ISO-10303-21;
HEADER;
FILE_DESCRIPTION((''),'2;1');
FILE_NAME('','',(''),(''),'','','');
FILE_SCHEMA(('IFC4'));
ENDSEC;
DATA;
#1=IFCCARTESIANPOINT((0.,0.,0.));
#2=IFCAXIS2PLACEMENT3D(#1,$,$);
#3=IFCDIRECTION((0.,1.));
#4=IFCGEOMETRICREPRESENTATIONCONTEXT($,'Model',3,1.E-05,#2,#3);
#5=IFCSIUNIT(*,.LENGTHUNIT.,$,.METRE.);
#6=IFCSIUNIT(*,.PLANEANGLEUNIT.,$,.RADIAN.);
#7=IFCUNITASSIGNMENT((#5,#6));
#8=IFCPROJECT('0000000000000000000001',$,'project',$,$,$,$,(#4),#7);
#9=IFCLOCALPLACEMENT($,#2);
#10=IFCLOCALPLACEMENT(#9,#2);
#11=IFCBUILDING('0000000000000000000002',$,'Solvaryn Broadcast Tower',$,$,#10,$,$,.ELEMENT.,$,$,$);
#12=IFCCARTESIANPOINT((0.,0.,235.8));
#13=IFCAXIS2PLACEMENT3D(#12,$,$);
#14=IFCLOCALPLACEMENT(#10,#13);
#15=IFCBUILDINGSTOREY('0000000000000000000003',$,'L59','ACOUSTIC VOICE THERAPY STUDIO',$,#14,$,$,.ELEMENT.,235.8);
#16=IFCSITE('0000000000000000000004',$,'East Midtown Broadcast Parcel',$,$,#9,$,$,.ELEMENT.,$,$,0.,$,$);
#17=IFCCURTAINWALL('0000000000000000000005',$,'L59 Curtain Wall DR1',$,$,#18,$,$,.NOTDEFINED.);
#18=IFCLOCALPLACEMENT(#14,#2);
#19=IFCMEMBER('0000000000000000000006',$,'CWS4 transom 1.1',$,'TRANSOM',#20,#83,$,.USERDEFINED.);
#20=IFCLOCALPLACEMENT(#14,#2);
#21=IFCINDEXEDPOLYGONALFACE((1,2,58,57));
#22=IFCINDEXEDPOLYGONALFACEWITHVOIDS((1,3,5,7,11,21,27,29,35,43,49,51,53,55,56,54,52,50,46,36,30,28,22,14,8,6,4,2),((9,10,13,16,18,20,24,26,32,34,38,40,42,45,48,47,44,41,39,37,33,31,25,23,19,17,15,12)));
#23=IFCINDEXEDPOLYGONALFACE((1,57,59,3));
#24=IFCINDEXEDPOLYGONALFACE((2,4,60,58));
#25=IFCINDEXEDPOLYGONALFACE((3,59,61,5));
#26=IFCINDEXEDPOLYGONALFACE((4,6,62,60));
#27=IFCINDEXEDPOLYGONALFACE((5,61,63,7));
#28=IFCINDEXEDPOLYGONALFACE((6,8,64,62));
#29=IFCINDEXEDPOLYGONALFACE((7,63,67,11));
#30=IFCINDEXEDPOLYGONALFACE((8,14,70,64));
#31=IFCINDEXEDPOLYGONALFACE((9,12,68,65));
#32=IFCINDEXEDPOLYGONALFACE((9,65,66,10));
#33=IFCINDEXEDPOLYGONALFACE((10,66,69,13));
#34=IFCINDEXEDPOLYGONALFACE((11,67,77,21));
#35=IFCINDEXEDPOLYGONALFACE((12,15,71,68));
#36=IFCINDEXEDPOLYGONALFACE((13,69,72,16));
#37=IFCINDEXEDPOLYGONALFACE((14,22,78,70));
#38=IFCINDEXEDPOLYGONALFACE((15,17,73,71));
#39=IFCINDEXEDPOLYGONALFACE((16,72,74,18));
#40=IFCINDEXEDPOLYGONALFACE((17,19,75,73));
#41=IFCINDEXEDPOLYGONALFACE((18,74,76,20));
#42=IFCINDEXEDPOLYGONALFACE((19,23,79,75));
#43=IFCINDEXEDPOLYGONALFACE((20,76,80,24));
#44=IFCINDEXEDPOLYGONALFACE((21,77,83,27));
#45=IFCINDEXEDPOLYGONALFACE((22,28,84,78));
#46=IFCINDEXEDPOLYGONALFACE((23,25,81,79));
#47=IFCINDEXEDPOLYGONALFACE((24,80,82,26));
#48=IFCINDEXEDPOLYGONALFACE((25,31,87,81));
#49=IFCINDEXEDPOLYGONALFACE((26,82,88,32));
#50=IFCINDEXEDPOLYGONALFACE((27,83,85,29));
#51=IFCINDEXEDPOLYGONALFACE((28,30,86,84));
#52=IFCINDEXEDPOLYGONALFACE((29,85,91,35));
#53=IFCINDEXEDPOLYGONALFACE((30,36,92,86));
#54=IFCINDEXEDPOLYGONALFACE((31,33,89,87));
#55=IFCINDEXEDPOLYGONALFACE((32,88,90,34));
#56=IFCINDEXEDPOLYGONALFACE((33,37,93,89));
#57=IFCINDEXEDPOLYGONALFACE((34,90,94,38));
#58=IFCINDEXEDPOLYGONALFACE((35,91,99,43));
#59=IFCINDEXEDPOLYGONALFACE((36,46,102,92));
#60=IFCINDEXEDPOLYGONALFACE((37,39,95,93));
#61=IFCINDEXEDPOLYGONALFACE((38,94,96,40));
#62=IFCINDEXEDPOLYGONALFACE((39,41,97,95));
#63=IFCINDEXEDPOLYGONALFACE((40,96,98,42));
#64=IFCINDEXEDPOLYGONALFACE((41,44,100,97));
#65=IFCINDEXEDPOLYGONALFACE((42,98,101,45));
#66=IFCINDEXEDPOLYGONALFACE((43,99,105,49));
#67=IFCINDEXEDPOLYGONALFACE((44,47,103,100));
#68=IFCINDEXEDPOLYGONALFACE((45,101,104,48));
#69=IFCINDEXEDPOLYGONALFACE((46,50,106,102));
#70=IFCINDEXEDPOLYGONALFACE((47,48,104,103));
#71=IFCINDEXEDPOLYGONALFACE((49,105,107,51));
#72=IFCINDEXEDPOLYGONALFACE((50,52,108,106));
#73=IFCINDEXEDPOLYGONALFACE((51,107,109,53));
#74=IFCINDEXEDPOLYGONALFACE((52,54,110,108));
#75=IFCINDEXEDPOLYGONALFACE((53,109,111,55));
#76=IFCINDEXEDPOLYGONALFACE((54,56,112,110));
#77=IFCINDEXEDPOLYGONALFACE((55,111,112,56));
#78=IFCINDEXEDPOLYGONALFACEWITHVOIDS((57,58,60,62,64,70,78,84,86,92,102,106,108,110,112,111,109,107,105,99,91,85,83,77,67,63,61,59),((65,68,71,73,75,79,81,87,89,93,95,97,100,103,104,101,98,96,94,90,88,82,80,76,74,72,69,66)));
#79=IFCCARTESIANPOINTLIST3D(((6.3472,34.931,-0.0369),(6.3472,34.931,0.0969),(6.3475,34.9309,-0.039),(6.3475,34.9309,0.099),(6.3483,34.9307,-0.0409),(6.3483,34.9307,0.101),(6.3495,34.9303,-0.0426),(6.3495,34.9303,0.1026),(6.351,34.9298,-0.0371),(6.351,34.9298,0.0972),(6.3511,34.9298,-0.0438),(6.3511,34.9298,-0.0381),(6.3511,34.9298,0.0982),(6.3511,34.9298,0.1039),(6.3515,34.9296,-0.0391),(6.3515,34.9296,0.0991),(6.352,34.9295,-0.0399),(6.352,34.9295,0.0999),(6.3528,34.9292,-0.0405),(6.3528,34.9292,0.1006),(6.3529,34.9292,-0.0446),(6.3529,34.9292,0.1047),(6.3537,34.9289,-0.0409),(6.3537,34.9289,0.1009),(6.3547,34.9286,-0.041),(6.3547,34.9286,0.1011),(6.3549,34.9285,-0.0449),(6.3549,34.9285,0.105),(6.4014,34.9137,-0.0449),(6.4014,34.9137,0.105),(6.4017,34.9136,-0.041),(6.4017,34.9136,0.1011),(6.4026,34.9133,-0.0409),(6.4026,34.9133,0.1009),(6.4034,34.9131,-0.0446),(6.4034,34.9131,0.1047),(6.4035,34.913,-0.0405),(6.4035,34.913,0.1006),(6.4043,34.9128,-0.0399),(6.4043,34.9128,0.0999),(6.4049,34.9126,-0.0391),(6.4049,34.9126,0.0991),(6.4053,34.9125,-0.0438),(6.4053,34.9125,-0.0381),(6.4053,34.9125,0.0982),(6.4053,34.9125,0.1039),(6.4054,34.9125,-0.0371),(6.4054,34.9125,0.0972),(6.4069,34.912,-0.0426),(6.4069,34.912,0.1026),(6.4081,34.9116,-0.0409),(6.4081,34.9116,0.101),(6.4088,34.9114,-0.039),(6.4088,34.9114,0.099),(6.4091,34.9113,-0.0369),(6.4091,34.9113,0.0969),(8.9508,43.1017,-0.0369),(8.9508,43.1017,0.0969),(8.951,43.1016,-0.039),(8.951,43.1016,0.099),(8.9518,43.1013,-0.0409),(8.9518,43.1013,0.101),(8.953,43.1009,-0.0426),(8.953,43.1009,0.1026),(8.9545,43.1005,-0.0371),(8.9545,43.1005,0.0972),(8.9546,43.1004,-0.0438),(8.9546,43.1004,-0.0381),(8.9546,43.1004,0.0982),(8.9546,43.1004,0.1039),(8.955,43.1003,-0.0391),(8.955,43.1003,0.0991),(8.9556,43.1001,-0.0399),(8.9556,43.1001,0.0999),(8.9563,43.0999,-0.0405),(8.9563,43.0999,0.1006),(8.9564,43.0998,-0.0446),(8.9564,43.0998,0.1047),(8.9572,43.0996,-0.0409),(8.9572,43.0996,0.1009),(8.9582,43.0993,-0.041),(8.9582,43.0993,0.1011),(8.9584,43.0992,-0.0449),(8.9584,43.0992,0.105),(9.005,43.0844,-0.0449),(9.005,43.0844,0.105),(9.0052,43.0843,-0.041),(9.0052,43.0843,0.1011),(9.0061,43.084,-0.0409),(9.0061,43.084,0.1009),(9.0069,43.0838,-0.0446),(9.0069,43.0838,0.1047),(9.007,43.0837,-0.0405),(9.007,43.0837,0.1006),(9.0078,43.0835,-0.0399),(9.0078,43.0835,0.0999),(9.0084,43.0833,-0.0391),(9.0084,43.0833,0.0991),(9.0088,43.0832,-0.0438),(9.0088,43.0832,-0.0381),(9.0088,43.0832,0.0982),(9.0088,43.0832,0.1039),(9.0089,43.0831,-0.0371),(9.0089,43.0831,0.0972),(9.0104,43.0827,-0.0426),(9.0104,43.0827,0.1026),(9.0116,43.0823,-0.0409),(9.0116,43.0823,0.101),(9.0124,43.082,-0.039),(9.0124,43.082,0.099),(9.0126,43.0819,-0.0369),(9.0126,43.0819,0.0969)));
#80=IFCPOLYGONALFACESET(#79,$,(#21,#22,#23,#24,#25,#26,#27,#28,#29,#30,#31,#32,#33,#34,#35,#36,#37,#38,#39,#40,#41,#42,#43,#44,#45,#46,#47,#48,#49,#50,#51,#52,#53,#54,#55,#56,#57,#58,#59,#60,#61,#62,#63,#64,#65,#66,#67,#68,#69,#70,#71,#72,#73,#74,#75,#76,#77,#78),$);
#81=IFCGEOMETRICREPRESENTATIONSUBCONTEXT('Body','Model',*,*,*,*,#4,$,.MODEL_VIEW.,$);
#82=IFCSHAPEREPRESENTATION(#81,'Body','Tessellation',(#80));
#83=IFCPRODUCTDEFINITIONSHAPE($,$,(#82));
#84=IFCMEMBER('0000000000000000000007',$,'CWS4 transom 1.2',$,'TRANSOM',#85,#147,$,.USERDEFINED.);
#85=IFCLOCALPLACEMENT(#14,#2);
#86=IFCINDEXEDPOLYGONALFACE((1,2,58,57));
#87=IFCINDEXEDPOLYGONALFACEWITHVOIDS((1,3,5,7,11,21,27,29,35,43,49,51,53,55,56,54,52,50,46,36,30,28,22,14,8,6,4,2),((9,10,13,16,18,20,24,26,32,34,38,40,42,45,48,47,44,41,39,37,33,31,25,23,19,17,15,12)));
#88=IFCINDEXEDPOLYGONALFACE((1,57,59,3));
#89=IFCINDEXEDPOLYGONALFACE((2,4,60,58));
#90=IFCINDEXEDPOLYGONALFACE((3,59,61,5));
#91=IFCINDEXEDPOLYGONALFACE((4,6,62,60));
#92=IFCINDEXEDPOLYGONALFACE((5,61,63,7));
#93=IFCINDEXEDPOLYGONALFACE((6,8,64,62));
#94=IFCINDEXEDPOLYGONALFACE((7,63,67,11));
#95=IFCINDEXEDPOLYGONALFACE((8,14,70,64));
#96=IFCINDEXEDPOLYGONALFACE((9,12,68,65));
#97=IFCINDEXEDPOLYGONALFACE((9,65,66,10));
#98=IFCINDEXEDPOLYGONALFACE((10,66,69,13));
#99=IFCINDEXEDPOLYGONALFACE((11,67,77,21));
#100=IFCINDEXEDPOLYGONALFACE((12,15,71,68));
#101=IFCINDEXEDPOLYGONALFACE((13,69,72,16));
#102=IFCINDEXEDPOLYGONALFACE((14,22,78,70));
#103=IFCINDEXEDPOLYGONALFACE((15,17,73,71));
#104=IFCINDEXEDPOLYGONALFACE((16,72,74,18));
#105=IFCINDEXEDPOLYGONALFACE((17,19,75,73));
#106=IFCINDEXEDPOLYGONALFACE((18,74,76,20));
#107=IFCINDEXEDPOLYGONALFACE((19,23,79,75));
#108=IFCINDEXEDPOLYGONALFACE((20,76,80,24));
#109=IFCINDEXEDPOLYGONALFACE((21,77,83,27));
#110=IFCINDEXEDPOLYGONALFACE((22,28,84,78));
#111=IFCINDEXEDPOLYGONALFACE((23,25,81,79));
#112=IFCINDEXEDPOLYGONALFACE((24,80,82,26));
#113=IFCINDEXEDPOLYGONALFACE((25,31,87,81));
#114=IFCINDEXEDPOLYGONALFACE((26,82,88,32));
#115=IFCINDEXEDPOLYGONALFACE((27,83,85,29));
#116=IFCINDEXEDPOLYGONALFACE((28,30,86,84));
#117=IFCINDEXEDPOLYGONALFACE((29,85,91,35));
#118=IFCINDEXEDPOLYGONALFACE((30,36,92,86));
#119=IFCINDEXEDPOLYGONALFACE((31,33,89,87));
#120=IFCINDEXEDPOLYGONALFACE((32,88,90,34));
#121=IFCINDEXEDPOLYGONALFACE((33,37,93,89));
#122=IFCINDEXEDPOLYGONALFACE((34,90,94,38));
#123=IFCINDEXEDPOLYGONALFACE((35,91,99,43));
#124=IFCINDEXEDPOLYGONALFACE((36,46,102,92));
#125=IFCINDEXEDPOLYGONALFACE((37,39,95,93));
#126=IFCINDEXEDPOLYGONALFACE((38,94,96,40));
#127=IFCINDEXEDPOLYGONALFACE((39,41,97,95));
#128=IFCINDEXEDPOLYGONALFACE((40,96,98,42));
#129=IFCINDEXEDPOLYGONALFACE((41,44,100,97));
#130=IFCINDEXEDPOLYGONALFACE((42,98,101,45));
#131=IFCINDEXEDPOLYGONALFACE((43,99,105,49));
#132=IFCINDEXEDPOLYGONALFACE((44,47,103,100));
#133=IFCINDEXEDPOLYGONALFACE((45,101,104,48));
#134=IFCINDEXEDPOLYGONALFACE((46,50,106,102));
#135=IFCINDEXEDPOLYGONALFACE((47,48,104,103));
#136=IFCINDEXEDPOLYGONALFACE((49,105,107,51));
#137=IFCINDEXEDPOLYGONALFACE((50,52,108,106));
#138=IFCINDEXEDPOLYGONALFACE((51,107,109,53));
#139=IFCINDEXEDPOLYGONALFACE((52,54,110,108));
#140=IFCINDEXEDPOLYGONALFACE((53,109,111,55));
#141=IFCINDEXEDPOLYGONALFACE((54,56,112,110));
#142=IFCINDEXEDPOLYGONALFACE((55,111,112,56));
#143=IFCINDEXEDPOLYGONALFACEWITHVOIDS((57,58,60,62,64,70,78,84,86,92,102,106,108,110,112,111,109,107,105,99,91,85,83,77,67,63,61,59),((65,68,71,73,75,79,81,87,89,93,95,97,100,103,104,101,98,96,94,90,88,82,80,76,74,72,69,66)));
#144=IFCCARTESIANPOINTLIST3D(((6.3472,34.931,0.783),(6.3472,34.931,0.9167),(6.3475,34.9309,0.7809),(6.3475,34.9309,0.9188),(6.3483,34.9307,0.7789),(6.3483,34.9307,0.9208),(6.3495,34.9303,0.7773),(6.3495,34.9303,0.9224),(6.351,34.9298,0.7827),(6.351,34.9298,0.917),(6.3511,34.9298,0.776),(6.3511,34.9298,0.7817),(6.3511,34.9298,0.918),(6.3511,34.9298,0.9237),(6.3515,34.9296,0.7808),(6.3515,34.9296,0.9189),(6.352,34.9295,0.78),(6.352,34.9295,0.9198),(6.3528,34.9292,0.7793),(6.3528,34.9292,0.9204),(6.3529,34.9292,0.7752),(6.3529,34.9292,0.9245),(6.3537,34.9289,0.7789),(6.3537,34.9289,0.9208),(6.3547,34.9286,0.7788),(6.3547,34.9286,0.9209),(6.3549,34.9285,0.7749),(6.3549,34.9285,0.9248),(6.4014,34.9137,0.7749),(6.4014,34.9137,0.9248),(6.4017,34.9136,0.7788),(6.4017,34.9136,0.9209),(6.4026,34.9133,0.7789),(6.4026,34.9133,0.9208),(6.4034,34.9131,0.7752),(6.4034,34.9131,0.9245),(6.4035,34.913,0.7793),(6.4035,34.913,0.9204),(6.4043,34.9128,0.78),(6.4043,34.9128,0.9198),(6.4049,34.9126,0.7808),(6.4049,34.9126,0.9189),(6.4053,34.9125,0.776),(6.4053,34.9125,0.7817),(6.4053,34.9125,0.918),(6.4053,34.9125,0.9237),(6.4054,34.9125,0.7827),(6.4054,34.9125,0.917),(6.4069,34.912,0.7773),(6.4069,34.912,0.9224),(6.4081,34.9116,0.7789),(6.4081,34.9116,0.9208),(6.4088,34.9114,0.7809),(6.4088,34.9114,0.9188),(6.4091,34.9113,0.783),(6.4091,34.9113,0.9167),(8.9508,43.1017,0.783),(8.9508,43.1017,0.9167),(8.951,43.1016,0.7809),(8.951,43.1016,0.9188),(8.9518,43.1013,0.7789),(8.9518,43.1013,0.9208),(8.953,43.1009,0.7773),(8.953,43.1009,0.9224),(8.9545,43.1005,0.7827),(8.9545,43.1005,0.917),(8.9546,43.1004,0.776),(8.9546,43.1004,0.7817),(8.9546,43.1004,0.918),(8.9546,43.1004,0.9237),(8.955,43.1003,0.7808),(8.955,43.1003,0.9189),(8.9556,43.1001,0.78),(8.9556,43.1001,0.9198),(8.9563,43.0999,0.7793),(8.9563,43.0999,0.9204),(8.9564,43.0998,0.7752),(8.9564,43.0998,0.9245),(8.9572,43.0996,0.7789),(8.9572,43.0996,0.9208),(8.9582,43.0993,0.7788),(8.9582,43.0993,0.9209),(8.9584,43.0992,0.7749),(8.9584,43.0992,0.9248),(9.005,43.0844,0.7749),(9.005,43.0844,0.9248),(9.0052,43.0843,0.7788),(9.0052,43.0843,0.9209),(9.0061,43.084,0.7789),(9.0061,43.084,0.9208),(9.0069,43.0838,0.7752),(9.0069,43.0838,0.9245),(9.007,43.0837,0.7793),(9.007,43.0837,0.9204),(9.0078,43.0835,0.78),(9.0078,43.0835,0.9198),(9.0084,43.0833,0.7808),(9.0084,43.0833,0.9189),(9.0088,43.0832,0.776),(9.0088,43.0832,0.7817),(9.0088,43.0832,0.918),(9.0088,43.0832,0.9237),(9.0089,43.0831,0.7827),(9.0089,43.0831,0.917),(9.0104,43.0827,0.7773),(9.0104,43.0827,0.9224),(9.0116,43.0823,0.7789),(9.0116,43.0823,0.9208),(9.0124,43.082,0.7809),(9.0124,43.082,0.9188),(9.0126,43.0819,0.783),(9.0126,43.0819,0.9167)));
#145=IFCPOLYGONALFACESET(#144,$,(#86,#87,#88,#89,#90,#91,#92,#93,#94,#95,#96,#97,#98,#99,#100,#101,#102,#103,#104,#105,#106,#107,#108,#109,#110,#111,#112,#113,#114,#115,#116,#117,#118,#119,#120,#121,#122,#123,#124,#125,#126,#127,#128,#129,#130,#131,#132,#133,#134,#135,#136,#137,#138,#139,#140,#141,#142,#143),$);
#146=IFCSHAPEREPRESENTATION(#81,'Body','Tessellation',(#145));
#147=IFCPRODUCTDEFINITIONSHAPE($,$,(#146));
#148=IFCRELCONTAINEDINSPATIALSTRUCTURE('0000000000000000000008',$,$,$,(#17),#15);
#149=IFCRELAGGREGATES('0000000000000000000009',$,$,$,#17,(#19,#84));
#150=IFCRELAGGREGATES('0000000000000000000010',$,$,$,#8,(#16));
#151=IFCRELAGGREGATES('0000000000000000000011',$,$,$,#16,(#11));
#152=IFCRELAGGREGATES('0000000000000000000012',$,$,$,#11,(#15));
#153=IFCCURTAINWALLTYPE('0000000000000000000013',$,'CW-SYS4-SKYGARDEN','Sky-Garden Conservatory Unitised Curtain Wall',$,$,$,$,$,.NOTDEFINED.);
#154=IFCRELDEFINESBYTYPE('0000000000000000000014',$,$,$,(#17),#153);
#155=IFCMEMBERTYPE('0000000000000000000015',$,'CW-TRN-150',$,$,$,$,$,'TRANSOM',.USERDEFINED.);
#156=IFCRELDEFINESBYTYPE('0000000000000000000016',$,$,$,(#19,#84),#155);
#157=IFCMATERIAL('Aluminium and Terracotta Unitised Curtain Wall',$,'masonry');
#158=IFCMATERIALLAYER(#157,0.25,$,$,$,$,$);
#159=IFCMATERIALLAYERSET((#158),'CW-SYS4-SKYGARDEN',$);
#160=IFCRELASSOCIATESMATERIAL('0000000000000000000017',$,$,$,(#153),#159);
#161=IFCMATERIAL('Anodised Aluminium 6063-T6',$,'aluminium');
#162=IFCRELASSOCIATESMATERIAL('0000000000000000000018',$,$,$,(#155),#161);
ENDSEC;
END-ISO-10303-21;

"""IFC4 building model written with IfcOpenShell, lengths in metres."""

from ifc_helpers import new_model, si_unit, direction, frame, origin, origin_2d, place, context, subcontext, project, spatial, hollow_rectangle, extrude, material, layer, layer_set, material_profile, profile_set, type_object, element, aggregate, save


model = new_model("IFC4")

# Units and contexts
model_context = context("Model", 3, precision=1e-05, world=origin(), true_north=direction((0.0, 1.0)))
body_context = subcontext(model_context, "Body", "Model", "MODEL_VIEW")
ifc_project = project(units=[si_unit("LENGTHUNIT", "METRE"), si_unit("PLANEANGLEUNIT", "RADIAN")], contexts=[model_context])

# Site, building, storey
site_placement = place(None, origin())
site = spatial("IfcSite", under=ifc_project, at=site_placement, Name="East Midtown Broadcast Parcel", CompositionType="ELEMENT", RefElevation=0.0)
building_placement = place(site_placement, origin())
building = spatial("IfcBuilding", under=site, at=building_placement, Name="Solvaryn Broadcast Tower", CompositionType="ELEMENT")
storey_placement = place(building_placement, frame((0.0, 0.0, 235.8)))
storey = spatial("IfcBuildingStorey", under=building, at=storey_placement, Name="L59", Description="ACOUSTIC VOICE THERAPY STUDIO", CompositionType="ELEMENT", Elevation=235.8)

# Curtain wall
ifc_material_1 = material(Name="Aluminium and Terracotta Unitised Curtain Wall", Category="masonry")
ifc_layer_1 = layer(ifc_material_1, 0.25)
ifc_layer_set_1 = layer_set([ifc_layer_1], Name="CW-SYS4-SKYGARDEN")
curtain_wall_type = type_object("IfcCurtainWallType", Name="CW-SYS4-SKYGARDEN", Description="Sky-Garden Conservatory Unitised Curtain Wall", PredefinedType="NOTDEFINED", material=ifc_layer_set_1)
curtain_wall_1_placement = place(storey_placement, origin())
curtain_wall_1 = element("IfcCurtainWall", 1, at=curtain_wall_1_placement, inside=storey, type_object=curtain_wall_type, Name="L59 Curtain Wall DR1", PredefinedType="NOTDEFINED")

# Members
ifc_material_2 = material(Name="Anodised Aluminium 6063-T6", Category="aluminium")
ifc_material_profile_1 = material_profile(ifc_material_2, hollow_rectangle(XDim=0.0649, YDim=0.1499, WallThickness=0.0039, InnerFilletRadius=0.0039, OuterFilletRadius=0.0081, at=origin_2d()))
ifc_profile_set_1 = profile_set([ifc_material_profile_1], Name="Anodised Aluminium 6063-T6")
member_type_1 = type_object("IfcMemberType", Name="CW-TRN-150", ElementType="TRANSOM", PredefinedType="USERDEFINED", material=ifc_profile_set_1)
member_1_placement = place(storey_placement, frame((8.9817, 43.0918, 0.03), z_axis=(-0.303602, -0.952799, 0.0), x_axis=(0.952799, -0.303602, 0.0)))
member_1 = element("IfcMember", 2, at=member_1_placement, type_object=member_type_1, Name="CWS4 transom 1.1", ObjectType="TRANSOM", PredefinedType="USERDEFINED", context=body_context, shape_type="SweptSolid", body=[
    extrude(hollow_rectangle(XDim=0.0649, YDim=0.1499, WallThickness=0.0039, InnerFilletRadius=0.0039, OuterFilletRadius=0.0081, at=origin_2d()), origin(), (0.0, 0.0, 1.0), 8.5754),
])
member_2_placement = place(storey_placement, frame((8.9817, 43.0918, 0.8499), z_axis=(-0.303602, -0.952799, 0.0), x_axis=(0.952799, -0.303602, 0.0)))
member_2 = element("IfcMember", 3, at=member_2_placement, type_object=member_type_1, Name="CWS4 transom 1.2", ObjectType="TRANSOM", PredefinedType="USERDEFINED", context=body_context, shape_type="SweptSolid", body=[
    extrude(hollow_rectangle(XDim=0.0649, YDim=0.1499, WallThickness=0.0039, InnerFilletRadius=0.0039, OuterFilletRadius=0.0081, at=origin_2d()), origin(), (0.0, 0.0, 1.0), 8.5754),
])

aggregate(curtain_wall_1, [member_1, member_2])

save(model, "model.ifc")
